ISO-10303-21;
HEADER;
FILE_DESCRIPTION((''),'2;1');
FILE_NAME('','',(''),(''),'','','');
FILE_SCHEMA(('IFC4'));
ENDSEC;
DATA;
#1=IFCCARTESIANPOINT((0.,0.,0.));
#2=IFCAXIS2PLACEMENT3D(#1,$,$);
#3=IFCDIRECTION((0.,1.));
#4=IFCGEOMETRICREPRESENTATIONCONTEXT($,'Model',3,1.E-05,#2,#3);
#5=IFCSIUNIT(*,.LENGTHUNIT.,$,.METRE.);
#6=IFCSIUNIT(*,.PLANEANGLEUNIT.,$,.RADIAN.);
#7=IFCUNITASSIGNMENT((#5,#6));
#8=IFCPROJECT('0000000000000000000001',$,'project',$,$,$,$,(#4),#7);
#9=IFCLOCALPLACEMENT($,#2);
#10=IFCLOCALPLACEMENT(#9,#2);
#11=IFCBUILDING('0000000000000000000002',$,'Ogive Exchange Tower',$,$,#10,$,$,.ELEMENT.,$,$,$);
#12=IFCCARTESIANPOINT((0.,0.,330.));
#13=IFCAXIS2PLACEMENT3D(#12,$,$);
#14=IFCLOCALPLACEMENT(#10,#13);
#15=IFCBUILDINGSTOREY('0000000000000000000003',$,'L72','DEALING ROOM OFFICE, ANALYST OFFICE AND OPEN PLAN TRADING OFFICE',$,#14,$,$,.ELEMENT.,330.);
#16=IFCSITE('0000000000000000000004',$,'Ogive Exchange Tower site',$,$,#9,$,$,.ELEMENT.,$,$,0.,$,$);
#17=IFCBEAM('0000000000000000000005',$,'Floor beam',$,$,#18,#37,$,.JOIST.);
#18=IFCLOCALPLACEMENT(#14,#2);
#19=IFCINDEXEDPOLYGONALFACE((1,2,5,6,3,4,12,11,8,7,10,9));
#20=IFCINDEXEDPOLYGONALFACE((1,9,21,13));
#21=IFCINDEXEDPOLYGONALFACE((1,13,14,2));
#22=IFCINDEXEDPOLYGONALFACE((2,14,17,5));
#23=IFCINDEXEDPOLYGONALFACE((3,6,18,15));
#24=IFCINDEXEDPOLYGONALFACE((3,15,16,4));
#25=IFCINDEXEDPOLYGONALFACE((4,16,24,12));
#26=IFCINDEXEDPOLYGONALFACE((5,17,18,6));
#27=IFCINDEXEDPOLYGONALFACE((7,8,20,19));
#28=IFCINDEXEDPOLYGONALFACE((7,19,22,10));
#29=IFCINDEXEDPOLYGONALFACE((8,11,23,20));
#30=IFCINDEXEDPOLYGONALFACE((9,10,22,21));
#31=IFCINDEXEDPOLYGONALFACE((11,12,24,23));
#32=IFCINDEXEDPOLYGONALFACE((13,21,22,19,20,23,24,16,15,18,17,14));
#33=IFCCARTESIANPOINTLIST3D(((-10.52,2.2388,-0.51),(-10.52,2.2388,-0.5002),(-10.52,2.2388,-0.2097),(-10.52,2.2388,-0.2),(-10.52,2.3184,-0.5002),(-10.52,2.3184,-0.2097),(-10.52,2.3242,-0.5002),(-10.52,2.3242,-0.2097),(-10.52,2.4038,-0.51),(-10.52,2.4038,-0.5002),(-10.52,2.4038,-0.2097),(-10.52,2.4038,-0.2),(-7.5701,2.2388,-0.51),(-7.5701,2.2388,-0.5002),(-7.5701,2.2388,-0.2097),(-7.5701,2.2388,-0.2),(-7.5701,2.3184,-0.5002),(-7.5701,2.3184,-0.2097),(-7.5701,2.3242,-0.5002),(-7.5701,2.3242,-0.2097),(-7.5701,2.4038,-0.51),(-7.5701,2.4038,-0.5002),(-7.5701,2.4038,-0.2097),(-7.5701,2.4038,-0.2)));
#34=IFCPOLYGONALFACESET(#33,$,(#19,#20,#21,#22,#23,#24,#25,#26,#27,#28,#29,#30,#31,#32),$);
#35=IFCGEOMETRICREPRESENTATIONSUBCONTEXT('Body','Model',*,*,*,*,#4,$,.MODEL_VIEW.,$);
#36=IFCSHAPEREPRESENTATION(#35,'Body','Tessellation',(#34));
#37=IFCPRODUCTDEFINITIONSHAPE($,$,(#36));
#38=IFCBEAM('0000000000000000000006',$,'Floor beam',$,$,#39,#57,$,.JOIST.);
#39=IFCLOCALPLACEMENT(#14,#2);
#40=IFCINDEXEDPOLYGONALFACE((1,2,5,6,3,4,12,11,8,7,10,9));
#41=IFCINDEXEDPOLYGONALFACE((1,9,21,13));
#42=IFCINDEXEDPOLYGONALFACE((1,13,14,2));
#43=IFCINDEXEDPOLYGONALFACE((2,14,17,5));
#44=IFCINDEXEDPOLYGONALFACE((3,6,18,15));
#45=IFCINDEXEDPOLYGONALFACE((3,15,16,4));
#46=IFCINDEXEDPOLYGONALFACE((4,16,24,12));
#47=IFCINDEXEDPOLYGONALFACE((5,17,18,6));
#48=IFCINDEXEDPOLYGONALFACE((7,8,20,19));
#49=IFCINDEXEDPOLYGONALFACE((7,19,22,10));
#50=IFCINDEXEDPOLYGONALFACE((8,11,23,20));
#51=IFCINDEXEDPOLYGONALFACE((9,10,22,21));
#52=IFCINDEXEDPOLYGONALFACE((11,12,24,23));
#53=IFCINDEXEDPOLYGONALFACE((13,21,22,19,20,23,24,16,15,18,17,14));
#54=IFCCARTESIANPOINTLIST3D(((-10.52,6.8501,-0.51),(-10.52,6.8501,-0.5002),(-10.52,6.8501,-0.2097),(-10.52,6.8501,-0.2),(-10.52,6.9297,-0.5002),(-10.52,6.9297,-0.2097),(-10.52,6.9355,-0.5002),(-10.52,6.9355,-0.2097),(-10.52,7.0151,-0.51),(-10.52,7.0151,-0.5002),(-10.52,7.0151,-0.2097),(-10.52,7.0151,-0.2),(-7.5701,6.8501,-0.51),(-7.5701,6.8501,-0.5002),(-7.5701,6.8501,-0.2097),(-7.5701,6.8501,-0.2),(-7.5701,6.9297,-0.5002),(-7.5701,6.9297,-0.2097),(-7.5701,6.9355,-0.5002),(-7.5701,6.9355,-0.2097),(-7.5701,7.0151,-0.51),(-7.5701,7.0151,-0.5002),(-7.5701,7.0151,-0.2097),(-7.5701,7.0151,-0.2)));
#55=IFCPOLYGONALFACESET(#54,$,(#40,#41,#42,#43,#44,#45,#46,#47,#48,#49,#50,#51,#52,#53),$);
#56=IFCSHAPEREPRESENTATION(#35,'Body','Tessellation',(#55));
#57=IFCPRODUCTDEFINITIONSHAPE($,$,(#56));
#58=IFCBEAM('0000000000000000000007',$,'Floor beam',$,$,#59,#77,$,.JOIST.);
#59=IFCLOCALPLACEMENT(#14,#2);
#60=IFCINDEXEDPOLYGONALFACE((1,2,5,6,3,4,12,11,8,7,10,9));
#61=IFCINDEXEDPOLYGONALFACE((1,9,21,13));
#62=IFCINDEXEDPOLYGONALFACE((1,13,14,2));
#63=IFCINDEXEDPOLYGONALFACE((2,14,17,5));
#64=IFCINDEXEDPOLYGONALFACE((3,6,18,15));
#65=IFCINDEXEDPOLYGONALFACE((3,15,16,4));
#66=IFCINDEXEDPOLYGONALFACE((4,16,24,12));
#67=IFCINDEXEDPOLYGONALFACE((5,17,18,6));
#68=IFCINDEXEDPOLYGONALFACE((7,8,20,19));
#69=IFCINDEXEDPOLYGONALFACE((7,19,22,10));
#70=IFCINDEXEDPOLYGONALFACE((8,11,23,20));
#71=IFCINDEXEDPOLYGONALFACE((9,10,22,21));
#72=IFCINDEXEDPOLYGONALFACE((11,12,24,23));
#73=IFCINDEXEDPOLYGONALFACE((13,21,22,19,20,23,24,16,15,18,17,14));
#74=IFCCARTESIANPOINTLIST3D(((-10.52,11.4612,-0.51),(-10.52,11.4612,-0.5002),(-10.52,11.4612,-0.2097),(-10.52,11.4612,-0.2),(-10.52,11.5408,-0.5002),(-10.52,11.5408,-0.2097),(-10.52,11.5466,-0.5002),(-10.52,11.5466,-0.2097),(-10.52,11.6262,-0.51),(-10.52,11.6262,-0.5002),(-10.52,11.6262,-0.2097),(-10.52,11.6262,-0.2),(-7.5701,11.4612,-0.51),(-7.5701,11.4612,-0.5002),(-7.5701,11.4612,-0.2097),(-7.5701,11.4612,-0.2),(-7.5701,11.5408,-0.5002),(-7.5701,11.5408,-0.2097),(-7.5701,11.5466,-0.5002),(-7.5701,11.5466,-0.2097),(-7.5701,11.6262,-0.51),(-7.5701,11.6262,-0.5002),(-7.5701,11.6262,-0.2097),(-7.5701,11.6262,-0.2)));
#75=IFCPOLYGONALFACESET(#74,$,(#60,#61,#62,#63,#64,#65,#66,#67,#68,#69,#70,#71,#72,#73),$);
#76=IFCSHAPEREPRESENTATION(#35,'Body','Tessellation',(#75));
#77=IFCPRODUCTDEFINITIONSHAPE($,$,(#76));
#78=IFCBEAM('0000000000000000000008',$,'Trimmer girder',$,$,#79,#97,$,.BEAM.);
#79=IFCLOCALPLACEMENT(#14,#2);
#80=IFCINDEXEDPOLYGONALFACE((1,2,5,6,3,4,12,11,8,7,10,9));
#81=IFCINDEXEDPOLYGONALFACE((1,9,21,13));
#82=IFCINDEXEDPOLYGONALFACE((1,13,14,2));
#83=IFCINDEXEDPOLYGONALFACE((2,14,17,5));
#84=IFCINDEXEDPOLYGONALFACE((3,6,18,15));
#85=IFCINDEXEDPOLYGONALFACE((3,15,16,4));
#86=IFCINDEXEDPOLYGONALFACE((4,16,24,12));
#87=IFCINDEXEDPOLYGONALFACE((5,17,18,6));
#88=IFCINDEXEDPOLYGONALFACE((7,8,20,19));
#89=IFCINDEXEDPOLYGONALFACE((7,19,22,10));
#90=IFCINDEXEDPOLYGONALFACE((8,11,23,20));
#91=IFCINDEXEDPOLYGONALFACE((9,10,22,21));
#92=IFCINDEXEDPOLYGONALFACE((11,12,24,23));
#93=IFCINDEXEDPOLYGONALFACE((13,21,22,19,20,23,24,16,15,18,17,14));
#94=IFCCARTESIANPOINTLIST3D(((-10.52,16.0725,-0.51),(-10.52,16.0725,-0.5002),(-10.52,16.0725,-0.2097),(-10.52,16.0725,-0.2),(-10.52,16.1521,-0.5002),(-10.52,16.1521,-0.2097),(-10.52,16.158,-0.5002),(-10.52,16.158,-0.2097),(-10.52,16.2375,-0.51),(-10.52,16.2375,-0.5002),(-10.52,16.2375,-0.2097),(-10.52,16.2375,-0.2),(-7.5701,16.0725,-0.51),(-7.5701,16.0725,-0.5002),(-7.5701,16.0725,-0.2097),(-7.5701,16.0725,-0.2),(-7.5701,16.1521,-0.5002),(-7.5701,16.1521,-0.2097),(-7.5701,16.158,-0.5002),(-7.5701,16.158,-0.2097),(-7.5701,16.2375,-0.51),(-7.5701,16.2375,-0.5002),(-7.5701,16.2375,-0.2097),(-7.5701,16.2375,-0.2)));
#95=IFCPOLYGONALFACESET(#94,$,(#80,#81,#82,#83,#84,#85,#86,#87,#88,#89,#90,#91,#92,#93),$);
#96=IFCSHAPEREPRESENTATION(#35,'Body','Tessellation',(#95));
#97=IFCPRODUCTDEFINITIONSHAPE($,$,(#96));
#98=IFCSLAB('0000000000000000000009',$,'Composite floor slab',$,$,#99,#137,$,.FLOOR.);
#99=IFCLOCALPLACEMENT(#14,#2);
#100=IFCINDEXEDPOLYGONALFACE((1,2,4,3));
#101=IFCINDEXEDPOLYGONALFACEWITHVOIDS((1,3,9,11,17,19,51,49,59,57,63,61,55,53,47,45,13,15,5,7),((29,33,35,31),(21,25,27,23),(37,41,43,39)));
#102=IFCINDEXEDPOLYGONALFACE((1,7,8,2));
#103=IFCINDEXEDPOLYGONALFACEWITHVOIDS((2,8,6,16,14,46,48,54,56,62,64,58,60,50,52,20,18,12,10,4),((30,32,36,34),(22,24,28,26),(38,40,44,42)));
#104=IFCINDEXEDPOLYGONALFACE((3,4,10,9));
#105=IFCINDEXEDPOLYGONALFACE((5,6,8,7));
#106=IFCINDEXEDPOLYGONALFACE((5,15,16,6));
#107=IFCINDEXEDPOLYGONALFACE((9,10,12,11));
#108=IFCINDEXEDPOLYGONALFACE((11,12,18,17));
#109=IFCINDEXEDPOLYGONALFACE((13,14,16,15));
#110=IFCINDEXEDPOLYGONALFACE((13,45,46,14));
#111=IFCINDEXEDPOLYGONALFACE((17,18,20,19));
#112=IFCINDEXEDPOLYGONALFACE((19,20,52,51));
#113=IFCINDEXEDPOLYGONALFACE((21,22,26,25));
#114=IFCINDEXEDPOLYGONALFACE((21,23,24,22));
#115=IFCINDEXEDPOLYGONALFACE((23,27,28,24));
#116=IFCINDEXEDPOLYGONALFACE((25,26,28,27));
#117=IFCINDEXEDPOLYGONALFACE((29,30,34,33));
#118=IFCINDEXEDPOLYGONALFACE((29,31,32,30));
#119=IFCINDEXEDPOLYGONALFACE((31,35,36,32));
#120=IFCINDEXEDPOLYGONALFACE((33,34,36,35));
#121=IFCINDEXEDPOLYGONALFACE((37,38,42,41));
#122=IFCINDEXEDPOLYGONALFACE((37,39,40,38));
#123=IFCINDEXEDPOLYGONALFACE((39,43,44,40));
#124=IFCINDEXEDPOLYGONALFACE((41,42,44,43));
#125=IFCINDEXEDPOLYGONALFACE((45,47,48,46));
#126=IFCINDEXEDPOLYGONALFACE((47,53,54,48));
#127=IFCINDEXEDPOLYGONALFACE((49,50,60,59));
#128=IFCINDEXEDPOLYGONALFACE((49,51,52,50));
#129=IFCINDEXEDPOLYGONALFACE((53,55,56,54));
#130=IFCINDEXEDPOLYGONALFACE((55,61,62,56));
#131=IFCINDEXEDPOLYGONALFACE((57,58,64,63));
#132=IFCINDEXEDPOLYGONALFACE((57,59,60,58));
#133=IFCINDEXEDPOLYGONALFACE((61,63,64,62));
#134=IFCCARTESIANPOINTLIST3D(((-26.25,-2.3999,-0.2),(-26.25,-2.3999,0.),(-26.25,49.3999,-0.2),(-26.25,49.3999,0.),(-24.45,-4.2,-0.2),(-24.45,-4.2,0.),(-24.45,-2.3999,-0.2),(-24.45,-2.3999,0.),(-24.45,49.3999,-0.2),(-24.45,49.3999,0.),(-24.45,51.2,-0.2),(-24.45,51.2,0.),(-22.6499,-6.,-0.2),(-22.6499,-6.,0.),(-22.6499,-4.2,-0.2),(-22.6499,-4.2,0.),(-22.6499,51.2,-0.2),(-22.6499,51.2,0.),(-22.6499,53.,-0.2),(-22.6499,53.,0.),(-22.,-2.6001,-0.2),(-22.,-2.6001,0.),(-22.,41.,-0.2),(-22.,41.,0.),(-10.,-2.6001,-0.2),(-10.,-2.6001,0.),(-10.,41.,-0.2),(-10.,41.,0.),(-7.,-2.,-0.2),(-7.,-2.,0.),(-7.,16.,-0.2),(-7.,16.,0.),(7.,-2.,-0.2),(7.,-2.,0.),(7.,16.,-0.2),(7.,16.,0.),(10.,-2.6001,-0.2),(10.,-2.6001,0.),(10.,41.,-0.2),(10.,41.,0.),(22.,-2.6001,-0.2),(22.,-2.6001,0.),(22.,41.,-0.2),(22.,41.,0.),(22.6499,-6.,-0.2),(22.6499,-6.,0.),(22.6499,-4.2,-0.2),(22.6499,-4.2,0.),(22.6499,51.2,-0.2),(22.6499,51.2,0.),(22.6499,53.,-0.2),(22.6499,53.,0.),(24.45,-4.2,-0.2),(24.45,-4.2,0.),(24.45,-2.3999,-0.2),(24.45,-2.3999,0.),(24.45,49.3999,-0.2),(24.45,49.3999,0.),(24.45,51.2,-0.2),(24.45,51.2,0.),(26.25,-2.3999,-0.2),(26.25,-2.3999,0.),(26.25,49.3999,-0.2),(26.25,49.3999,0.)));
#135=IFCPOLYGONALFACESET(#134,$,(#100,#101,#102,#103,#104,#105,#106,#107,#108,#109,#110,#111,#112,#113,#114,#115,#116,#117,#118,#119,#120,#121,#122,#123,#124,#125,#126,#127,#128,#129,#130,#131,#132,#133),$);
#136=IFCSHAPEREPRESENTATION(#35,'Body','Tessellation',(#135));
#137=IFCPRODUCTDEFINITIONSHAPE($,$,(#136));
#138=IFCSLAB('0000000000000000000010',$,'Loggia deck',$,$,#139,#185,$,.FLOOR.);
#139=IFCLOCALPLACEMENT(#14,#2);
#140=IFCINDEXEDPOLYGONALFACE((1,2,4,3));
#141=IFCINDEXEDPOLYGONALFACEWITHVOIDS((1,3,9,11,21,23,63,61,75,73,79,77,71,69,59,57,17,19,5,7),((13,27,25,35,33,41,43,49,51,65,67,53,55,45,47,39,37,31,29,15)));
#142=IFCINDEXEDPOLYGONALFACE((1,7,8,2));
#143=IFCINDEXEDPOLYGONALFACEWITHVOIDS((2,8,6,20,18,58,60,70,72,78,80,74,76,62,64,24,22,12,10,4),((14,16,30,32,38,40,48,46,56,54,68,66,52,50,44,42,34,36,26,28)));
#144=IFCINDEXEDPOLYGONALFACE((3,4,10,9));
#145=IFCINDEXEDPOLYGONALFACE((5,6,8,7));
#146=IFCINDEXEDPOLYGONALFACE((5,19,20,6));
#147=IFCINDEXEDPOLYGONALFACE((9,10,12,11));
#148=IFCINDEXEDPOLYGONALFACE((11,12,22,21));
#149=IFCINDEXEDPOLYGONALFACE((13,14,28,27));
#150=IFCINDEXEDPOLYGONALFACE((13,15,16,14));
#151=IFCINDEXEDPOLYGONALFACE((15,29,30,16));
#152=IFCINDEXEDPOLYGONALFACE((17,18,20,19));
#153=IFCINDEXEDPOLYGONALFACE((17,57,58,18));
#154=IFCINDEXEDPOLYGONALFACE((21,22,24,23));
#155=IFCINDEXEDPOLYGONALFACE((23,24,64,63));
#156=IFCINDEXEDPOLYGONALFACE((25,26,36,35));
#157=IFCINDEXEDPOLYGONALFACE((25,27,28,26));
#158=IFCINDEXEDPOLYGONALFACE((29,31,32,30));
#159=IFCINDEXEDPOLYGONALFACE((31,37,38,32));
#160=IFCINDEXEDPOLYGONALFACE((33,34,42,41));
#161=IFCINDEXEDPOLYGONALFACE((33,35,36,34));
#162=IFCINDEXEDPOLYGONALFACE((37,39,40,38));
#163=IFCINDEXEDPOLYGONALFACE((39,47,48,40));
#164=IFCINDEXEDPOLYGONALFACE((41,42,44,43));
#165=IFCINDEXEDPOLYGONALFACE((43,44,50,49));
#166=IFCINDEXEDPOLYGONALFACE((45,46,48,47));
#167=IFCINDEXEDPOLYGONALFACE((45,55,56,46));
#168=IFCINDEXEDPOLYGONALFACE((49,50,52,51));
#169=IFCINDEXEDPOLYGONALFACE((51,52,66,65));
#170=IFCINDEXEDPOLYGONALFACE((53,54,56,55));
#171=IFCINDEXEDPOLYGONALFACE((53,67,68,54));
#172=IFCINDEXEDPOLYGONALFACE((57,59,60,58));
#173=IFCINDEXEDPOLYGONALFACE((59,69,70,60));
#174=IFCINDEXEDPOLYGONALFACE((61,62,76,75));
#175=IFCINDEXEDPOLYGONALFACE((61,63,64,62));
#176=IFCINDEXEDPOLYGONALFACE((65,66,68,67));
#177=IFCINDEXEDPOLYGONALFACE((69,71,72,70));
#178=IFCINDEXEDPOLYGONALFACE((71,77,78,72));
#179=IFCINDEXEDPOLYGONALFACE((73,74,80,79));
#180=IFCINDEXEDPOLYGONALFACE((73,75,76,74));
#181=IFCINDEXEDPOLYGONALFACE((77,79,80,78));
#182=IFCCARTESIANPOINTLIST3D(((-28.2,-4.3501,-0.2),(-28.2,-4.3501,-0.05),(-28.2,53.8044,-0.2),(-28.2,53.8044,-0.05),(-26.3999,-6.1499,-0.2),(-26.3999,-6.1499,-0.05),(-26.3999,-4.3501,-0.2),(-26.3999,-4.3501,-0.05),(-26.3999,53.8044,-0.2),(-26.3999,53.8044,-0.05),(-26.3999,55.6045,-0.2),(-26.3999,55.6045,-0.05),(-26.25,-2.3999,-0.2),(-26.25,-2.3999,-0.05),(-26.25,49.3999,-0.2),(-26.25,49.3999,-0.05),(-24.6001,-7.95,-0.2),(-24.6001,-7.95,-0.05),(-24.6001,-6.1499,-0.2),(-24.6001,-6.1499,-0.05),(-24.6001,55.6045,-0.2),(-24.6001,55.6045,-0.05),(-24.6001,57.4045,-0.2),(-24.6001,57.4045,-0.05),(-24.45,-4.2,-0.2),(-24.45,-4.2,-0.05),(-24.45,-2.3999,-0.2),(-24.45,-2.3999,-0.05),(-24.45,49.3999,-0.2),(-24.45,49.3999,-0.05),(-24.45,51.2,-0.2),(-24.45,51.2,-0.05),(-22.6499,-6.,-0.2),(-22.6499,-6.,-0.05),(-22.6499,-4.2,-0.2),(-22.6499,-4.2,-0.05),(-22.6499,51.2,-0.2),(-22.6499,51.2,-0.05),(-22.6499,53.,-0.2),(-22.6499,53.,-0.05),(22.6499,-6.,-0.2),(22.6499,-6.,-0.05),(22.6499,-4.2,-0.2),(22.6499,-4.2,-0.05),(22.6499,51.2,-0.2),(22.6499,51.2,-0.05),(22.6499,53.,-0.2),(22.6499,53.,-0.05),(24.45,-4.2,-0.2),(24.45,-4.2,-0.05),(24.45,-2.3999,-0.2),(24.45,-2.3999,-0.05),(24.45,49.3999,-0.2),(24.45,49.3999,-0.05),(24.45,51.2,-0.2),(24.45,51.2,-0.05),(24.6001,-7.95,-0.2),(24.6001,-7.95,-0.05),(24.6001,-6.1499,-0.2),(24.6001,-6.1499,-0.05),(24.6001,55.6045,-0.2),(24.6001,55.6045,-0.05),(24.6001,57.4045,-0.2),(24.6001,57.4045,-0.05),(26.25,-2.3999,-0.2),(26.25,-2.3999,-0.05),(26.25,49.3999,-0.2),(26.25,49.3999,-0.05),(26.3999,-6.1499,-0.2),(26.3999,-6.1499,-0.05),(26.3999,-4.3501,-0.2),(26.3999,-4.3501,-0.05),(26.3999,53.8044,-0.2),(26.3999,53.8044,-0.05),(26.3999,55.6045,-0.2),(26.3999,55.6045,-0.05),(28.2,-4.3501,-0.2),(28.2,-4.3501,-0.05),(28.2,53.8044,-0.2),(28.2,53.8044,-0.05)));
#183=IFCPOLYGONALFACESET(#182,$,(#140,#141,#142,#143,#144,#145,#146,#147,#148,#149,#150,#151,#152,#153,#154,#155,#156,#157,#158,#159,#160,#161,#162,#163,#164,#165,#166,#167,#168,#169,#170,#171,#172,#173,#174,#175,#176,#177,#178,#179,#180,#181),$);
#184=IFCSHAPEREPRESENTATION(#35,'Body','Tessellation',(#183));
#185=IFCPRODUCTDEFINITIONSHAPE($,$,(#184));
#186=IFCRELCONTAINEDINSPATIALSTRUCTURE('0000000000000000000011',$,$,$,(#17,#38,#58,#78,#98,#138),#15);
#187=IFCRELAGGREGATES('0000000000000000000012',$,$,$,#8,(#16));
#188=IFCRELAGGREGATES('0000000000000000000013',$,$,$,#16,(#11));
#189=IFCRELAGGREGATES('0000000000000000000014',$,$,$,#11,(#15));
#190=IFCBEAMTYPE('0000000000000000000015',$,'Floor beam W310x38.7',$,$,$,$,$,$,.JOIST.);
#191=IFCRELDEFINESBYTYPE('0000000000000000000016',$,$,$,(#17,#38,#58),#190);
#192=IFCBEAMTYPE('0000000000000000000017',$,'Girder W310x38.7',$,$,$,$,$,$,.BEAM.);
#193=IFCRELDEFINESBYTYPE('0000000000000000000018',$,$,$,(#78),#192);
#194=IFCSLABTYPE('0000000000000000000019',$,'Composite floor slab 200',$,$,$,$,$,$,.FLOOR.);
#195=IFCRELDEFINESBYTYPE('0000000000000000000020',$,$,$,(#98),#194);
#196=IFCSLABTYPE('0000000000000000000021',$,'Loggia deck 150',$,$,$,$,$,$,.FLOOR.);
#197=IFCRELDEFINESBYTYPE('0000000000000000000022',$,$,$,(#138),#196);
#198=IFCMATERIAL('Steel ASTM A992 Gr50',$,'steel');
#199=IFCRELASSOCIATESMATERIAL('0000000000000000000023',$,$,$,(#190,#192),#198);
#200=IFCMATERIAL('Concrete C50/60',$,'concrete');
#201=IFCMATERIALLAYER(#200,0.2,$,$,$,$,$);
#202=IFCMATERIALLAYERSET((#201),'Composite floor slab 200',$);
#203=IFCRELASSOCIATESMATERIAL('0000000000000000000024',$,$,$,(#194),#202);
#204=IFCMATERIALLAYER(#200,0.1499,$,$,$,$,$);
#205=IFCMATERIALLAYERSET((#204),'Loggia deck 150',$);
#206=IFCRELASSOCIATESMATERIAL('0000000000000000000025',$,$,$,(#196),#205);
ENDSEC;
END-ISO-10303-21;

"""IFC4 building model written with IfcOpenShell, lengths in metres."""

from ifc_helpers import new_model, si_unit, direction, frame, origin, origin_2d, place, context, subcontext, project, spatial, polyline, i_section, outline, extrude, material, layer, layer_set, material_profile, profile_set, type_object, element, save


model = new_model("IFC4")

# Units and contexts
model_context = context("Model", 3, precision=1e-05, world=origin(), true_north=direction((0.0, 1.0)))
body_context = subcontext(model_context, "Body", "Model", "MODEL_VIEW")
ifc_project = project(units=[si_unit("LENGTHUNIT", "METRE"), si_unit("PLANEANGLEUNIT", "RADIAN")], contexts=[model_context])

# Site, building, storey
site_placement = place(None, origin())
site = spatial("IfcSite", under=ifc_project, at=site_placement, Name="Ogive Exchange Tower site", CompositionType="ELEMENT", RefElevation=0.0)
building_placement = place(site_placement, origin())
building = spatial("IfcBuilding", under=site, at=building_placement, Name="Ogive Exchange Tower", CompositionType="ELEMENT")
storey_placement = place(building_placement, frame((0.0, 0.0, 330.0)))
storey = spatial("IfcBuildingStorey", under=building, at=storey_placement, Name="L72", Description="DEALING ROOM OFFICE, ANALYST OFFICE AND OPEN PLAN TRADING OFFICE", CompositionType="ELEMENT", Elevation=330.0)

# Beams
ifc_material_1 = material(Name="Steel ASTM A992 Gr50", Category="steel")
ifc_material_profile_1 = material_profile(ifc_material_1, i_section(OverallWidth=0.165, OverallDepth=0.3101, WebThickness=0.0059, FlangeThickness=0.0098, at=origin_2d()), Name="W310x38.7")
ifc_profile_set_1 = profile_set([ifc_material_profile_1], Name="Steel ASTM A992 Gr50")
beam_type_1 = type_object("IfcBeamType", Name="Floor beam W310x38.7", PredefinedType="JOIST", material=ifc_profile_set_1)
for number, where, z_axis, x_axis, name in (
    (1, (-10.52, 2.3213, -0.355), (1.0, 0.0, 0.0), (0.0, 1.0, 0.0), "Floor beam"),
    (2, (-10.52, 6.9326, -0.355), (1.0, 0.0, 0.0), (0.0, 1.0, 0.0), "Floor beam"),
    (3, (-10.52, 11.5437, -0.355), (1.0, 0.0, 0.0), (0.0, 1.0, 0.0), "Floor beam"),
):
    element("IfcBeam", number, at=place(storey_placement, frame(where, z_axis=z_axis, x_axis=x_axis)), inside=storey, type_object=beam_type_1, Name=name, PredefinedType="JOIST", context=body_context, shape_type="SweptSolid", body=[
        extrude(i_section(OverallWidth=0.165, OverallDepth=0.3101, WebThickness=0.0059, FlangeThickness=0.0098, at=origin_2d()), origin(), (0.0, 0.0, 1.0), 2.95),
    ])
ifc_material_profile_2 = material_profile(ifc_material_1, i_section(OverallWidth=0.165, OverallDepth=0.3101, WebThickness=0.0059, FlangeThickness=0.0098, at=origin_2d()), Name="W310x38.7")
ifc_profile_set_2 = profile_set([ifc_material_profile_2], Name="Steel ASTM A992 Gr50")
beam_type_2 = type_object("IfcBeamType", Name="Girder W310x38.7", PredefinedType="BEAM", material=ifc_profile_set_2)
beam_placement = place(storey_placement, frame((-10.52, 16.155, -0.355), z_axis=(1.0, 0.0, 0.0), x_axis=(0.0, 1.0, 0.0)))
element("IfcBeam", 4, at=beam_placement, inside=storey, type_object=beam_type_2, Name="Trimmer girder", PredefinedType="BEAM", context=body_context, shape_type="SweptSolid", body=[
    extrude(i_section(OverallWidth=0.165, OverallDepth=0.3101, WebThickness=0.0059, FlangeThickness=0.0098, at=origin_2d()), origin(), (0.0, 0.0, 1.0), 2.95),
])

# Slabs
ifc_material_2 = material(Name="Concrete C50/60", Category="concrete")
ifc_layer_1 = layer(ifc_material_2, 0.2)
ifc_layer_set_1 = layer_set([ifc_layer_1], Name="Composite floor slab 200")
slab_type_1 = type_object("IfcSlabType", Name="Composite floor slab 200", PredefinedType="FLOOR", material=ifc_layer_set_1)
slab_1_placement = place(storey_placement, frame((0.0, 0.0, -0.2)))
element("IfcSlab", 5, at=slab_1_placement, inside=storey, type_object=slab_type_1, Name="Composite floor slab", PredefinedType="FLOOR", context=body_context, shape_type="SweptSolid", body=[
    extrude(outline(polyline([(-22.6499, -4.2), (-24.45, -4.2), (-24.45, -2.3999), (-26.25, -2.3999), (-26.25, 49.3999), (-24.45, 49.3999), (-24.45, 51.2), (-22.6499, 51.2), (-22.6499, 53.0), (22.6499, 53.0), (22.6499, 51.2), (24.45, 51.2), (24.45, 49.3999), (26.25, 49.3999), (26.25, -2.3999), (24.45, -2.3999), (24.45, -4.2), (22.6499, -4.2), (22.6499, -6.0), (-22.6499, -6.0), (-22.6499, -4.2)]), holes=[polyline([(7.0, -2.0), (7.0, 16.0), (-7.0, 16.0), (-7.0, -2.0), (7.0, -2.0)]), polyline([(-22.0, -2.6001), (-10.0, -2.6001), (-10.0, 41.0), (-22.0, 41.0), (-22.0, -2.6001)]), polyline([(10.0, -2.6001), (22.0, -2.6001), (22.0, 41.0), (10.0, 41.0), (10.0, -2.6001)])]), origin(), (0.0, 0.0, 1.0), 0.2),
])
ifc_layer_2 = layer(ifc_material_2, 0.1499)
ifc_layer_set_2 = layer_set([ifc_layer_2], Name="Loggia deck 150")
slab_type_2 = type_object("IfcSlabType", Name="Loggia deck 150", PredefinedType="FLOOR", material=ifc_layer_set_2)
slab_2_placement = place(storey_placement, frame((0.0, 0.0, -0.2)))
element("IfcSlab", 6, at=slab_2_placement, inside=storey, type_object=slab_type_2, Name="Loggia deck", PredefinedType="FLOOR", context=body_context, shape_type="SweptSolid", body=[
    extrude(outline(polyline([(-24.6001, -6.1499), (-26.3999, -6.1499), (-26.3999, -4.3501), (-28.2, -4.3501), (-28.2, 53.8044), (-26.3999, 53.8044), (-26.3999, 55.6045), (-24.6001, 55.6045), (-24.6001, 57.4045), (24.6001, 57.4045), (24.6001, 55.6045), (26.3999, 55.6045), (26.3999, 53.8044), (28.2, 53.8044), (28.2, -4.3501), (26.3999, -4.3501), (26.3999, -6.1499), (24.6001, -6.1499), (24.6001, -7.95), (-24.6001, -7.95), (-24.6001, -6.1499)]), holes=[polyline([(22.6499, -4.2), (24.45, -4.2), (24.45, -2.3999), (26.25, -2.3999), (26.25, 49.3999), (24.45, 49.3999), (24.45, 51.2), (22.6499, 51.2), (22.6499, 53.0), (-22.6499, 53.0), (-22.6499, 51.2), (-24.45, 51.2), (-24.45, 49.3999), (-26.25, 49.3999), (-26.25, -2.3999), (-24.45, -2.3999), (-24.45, -4.2), (-22.6499, -4.2), (-22.6499, -6.0), (22.6499, -6.0), (22.6499, -4.2)])]), origin(), (0.0, 0.0, 1.0), 0.1499),
])

save(model, "model.ifc")
